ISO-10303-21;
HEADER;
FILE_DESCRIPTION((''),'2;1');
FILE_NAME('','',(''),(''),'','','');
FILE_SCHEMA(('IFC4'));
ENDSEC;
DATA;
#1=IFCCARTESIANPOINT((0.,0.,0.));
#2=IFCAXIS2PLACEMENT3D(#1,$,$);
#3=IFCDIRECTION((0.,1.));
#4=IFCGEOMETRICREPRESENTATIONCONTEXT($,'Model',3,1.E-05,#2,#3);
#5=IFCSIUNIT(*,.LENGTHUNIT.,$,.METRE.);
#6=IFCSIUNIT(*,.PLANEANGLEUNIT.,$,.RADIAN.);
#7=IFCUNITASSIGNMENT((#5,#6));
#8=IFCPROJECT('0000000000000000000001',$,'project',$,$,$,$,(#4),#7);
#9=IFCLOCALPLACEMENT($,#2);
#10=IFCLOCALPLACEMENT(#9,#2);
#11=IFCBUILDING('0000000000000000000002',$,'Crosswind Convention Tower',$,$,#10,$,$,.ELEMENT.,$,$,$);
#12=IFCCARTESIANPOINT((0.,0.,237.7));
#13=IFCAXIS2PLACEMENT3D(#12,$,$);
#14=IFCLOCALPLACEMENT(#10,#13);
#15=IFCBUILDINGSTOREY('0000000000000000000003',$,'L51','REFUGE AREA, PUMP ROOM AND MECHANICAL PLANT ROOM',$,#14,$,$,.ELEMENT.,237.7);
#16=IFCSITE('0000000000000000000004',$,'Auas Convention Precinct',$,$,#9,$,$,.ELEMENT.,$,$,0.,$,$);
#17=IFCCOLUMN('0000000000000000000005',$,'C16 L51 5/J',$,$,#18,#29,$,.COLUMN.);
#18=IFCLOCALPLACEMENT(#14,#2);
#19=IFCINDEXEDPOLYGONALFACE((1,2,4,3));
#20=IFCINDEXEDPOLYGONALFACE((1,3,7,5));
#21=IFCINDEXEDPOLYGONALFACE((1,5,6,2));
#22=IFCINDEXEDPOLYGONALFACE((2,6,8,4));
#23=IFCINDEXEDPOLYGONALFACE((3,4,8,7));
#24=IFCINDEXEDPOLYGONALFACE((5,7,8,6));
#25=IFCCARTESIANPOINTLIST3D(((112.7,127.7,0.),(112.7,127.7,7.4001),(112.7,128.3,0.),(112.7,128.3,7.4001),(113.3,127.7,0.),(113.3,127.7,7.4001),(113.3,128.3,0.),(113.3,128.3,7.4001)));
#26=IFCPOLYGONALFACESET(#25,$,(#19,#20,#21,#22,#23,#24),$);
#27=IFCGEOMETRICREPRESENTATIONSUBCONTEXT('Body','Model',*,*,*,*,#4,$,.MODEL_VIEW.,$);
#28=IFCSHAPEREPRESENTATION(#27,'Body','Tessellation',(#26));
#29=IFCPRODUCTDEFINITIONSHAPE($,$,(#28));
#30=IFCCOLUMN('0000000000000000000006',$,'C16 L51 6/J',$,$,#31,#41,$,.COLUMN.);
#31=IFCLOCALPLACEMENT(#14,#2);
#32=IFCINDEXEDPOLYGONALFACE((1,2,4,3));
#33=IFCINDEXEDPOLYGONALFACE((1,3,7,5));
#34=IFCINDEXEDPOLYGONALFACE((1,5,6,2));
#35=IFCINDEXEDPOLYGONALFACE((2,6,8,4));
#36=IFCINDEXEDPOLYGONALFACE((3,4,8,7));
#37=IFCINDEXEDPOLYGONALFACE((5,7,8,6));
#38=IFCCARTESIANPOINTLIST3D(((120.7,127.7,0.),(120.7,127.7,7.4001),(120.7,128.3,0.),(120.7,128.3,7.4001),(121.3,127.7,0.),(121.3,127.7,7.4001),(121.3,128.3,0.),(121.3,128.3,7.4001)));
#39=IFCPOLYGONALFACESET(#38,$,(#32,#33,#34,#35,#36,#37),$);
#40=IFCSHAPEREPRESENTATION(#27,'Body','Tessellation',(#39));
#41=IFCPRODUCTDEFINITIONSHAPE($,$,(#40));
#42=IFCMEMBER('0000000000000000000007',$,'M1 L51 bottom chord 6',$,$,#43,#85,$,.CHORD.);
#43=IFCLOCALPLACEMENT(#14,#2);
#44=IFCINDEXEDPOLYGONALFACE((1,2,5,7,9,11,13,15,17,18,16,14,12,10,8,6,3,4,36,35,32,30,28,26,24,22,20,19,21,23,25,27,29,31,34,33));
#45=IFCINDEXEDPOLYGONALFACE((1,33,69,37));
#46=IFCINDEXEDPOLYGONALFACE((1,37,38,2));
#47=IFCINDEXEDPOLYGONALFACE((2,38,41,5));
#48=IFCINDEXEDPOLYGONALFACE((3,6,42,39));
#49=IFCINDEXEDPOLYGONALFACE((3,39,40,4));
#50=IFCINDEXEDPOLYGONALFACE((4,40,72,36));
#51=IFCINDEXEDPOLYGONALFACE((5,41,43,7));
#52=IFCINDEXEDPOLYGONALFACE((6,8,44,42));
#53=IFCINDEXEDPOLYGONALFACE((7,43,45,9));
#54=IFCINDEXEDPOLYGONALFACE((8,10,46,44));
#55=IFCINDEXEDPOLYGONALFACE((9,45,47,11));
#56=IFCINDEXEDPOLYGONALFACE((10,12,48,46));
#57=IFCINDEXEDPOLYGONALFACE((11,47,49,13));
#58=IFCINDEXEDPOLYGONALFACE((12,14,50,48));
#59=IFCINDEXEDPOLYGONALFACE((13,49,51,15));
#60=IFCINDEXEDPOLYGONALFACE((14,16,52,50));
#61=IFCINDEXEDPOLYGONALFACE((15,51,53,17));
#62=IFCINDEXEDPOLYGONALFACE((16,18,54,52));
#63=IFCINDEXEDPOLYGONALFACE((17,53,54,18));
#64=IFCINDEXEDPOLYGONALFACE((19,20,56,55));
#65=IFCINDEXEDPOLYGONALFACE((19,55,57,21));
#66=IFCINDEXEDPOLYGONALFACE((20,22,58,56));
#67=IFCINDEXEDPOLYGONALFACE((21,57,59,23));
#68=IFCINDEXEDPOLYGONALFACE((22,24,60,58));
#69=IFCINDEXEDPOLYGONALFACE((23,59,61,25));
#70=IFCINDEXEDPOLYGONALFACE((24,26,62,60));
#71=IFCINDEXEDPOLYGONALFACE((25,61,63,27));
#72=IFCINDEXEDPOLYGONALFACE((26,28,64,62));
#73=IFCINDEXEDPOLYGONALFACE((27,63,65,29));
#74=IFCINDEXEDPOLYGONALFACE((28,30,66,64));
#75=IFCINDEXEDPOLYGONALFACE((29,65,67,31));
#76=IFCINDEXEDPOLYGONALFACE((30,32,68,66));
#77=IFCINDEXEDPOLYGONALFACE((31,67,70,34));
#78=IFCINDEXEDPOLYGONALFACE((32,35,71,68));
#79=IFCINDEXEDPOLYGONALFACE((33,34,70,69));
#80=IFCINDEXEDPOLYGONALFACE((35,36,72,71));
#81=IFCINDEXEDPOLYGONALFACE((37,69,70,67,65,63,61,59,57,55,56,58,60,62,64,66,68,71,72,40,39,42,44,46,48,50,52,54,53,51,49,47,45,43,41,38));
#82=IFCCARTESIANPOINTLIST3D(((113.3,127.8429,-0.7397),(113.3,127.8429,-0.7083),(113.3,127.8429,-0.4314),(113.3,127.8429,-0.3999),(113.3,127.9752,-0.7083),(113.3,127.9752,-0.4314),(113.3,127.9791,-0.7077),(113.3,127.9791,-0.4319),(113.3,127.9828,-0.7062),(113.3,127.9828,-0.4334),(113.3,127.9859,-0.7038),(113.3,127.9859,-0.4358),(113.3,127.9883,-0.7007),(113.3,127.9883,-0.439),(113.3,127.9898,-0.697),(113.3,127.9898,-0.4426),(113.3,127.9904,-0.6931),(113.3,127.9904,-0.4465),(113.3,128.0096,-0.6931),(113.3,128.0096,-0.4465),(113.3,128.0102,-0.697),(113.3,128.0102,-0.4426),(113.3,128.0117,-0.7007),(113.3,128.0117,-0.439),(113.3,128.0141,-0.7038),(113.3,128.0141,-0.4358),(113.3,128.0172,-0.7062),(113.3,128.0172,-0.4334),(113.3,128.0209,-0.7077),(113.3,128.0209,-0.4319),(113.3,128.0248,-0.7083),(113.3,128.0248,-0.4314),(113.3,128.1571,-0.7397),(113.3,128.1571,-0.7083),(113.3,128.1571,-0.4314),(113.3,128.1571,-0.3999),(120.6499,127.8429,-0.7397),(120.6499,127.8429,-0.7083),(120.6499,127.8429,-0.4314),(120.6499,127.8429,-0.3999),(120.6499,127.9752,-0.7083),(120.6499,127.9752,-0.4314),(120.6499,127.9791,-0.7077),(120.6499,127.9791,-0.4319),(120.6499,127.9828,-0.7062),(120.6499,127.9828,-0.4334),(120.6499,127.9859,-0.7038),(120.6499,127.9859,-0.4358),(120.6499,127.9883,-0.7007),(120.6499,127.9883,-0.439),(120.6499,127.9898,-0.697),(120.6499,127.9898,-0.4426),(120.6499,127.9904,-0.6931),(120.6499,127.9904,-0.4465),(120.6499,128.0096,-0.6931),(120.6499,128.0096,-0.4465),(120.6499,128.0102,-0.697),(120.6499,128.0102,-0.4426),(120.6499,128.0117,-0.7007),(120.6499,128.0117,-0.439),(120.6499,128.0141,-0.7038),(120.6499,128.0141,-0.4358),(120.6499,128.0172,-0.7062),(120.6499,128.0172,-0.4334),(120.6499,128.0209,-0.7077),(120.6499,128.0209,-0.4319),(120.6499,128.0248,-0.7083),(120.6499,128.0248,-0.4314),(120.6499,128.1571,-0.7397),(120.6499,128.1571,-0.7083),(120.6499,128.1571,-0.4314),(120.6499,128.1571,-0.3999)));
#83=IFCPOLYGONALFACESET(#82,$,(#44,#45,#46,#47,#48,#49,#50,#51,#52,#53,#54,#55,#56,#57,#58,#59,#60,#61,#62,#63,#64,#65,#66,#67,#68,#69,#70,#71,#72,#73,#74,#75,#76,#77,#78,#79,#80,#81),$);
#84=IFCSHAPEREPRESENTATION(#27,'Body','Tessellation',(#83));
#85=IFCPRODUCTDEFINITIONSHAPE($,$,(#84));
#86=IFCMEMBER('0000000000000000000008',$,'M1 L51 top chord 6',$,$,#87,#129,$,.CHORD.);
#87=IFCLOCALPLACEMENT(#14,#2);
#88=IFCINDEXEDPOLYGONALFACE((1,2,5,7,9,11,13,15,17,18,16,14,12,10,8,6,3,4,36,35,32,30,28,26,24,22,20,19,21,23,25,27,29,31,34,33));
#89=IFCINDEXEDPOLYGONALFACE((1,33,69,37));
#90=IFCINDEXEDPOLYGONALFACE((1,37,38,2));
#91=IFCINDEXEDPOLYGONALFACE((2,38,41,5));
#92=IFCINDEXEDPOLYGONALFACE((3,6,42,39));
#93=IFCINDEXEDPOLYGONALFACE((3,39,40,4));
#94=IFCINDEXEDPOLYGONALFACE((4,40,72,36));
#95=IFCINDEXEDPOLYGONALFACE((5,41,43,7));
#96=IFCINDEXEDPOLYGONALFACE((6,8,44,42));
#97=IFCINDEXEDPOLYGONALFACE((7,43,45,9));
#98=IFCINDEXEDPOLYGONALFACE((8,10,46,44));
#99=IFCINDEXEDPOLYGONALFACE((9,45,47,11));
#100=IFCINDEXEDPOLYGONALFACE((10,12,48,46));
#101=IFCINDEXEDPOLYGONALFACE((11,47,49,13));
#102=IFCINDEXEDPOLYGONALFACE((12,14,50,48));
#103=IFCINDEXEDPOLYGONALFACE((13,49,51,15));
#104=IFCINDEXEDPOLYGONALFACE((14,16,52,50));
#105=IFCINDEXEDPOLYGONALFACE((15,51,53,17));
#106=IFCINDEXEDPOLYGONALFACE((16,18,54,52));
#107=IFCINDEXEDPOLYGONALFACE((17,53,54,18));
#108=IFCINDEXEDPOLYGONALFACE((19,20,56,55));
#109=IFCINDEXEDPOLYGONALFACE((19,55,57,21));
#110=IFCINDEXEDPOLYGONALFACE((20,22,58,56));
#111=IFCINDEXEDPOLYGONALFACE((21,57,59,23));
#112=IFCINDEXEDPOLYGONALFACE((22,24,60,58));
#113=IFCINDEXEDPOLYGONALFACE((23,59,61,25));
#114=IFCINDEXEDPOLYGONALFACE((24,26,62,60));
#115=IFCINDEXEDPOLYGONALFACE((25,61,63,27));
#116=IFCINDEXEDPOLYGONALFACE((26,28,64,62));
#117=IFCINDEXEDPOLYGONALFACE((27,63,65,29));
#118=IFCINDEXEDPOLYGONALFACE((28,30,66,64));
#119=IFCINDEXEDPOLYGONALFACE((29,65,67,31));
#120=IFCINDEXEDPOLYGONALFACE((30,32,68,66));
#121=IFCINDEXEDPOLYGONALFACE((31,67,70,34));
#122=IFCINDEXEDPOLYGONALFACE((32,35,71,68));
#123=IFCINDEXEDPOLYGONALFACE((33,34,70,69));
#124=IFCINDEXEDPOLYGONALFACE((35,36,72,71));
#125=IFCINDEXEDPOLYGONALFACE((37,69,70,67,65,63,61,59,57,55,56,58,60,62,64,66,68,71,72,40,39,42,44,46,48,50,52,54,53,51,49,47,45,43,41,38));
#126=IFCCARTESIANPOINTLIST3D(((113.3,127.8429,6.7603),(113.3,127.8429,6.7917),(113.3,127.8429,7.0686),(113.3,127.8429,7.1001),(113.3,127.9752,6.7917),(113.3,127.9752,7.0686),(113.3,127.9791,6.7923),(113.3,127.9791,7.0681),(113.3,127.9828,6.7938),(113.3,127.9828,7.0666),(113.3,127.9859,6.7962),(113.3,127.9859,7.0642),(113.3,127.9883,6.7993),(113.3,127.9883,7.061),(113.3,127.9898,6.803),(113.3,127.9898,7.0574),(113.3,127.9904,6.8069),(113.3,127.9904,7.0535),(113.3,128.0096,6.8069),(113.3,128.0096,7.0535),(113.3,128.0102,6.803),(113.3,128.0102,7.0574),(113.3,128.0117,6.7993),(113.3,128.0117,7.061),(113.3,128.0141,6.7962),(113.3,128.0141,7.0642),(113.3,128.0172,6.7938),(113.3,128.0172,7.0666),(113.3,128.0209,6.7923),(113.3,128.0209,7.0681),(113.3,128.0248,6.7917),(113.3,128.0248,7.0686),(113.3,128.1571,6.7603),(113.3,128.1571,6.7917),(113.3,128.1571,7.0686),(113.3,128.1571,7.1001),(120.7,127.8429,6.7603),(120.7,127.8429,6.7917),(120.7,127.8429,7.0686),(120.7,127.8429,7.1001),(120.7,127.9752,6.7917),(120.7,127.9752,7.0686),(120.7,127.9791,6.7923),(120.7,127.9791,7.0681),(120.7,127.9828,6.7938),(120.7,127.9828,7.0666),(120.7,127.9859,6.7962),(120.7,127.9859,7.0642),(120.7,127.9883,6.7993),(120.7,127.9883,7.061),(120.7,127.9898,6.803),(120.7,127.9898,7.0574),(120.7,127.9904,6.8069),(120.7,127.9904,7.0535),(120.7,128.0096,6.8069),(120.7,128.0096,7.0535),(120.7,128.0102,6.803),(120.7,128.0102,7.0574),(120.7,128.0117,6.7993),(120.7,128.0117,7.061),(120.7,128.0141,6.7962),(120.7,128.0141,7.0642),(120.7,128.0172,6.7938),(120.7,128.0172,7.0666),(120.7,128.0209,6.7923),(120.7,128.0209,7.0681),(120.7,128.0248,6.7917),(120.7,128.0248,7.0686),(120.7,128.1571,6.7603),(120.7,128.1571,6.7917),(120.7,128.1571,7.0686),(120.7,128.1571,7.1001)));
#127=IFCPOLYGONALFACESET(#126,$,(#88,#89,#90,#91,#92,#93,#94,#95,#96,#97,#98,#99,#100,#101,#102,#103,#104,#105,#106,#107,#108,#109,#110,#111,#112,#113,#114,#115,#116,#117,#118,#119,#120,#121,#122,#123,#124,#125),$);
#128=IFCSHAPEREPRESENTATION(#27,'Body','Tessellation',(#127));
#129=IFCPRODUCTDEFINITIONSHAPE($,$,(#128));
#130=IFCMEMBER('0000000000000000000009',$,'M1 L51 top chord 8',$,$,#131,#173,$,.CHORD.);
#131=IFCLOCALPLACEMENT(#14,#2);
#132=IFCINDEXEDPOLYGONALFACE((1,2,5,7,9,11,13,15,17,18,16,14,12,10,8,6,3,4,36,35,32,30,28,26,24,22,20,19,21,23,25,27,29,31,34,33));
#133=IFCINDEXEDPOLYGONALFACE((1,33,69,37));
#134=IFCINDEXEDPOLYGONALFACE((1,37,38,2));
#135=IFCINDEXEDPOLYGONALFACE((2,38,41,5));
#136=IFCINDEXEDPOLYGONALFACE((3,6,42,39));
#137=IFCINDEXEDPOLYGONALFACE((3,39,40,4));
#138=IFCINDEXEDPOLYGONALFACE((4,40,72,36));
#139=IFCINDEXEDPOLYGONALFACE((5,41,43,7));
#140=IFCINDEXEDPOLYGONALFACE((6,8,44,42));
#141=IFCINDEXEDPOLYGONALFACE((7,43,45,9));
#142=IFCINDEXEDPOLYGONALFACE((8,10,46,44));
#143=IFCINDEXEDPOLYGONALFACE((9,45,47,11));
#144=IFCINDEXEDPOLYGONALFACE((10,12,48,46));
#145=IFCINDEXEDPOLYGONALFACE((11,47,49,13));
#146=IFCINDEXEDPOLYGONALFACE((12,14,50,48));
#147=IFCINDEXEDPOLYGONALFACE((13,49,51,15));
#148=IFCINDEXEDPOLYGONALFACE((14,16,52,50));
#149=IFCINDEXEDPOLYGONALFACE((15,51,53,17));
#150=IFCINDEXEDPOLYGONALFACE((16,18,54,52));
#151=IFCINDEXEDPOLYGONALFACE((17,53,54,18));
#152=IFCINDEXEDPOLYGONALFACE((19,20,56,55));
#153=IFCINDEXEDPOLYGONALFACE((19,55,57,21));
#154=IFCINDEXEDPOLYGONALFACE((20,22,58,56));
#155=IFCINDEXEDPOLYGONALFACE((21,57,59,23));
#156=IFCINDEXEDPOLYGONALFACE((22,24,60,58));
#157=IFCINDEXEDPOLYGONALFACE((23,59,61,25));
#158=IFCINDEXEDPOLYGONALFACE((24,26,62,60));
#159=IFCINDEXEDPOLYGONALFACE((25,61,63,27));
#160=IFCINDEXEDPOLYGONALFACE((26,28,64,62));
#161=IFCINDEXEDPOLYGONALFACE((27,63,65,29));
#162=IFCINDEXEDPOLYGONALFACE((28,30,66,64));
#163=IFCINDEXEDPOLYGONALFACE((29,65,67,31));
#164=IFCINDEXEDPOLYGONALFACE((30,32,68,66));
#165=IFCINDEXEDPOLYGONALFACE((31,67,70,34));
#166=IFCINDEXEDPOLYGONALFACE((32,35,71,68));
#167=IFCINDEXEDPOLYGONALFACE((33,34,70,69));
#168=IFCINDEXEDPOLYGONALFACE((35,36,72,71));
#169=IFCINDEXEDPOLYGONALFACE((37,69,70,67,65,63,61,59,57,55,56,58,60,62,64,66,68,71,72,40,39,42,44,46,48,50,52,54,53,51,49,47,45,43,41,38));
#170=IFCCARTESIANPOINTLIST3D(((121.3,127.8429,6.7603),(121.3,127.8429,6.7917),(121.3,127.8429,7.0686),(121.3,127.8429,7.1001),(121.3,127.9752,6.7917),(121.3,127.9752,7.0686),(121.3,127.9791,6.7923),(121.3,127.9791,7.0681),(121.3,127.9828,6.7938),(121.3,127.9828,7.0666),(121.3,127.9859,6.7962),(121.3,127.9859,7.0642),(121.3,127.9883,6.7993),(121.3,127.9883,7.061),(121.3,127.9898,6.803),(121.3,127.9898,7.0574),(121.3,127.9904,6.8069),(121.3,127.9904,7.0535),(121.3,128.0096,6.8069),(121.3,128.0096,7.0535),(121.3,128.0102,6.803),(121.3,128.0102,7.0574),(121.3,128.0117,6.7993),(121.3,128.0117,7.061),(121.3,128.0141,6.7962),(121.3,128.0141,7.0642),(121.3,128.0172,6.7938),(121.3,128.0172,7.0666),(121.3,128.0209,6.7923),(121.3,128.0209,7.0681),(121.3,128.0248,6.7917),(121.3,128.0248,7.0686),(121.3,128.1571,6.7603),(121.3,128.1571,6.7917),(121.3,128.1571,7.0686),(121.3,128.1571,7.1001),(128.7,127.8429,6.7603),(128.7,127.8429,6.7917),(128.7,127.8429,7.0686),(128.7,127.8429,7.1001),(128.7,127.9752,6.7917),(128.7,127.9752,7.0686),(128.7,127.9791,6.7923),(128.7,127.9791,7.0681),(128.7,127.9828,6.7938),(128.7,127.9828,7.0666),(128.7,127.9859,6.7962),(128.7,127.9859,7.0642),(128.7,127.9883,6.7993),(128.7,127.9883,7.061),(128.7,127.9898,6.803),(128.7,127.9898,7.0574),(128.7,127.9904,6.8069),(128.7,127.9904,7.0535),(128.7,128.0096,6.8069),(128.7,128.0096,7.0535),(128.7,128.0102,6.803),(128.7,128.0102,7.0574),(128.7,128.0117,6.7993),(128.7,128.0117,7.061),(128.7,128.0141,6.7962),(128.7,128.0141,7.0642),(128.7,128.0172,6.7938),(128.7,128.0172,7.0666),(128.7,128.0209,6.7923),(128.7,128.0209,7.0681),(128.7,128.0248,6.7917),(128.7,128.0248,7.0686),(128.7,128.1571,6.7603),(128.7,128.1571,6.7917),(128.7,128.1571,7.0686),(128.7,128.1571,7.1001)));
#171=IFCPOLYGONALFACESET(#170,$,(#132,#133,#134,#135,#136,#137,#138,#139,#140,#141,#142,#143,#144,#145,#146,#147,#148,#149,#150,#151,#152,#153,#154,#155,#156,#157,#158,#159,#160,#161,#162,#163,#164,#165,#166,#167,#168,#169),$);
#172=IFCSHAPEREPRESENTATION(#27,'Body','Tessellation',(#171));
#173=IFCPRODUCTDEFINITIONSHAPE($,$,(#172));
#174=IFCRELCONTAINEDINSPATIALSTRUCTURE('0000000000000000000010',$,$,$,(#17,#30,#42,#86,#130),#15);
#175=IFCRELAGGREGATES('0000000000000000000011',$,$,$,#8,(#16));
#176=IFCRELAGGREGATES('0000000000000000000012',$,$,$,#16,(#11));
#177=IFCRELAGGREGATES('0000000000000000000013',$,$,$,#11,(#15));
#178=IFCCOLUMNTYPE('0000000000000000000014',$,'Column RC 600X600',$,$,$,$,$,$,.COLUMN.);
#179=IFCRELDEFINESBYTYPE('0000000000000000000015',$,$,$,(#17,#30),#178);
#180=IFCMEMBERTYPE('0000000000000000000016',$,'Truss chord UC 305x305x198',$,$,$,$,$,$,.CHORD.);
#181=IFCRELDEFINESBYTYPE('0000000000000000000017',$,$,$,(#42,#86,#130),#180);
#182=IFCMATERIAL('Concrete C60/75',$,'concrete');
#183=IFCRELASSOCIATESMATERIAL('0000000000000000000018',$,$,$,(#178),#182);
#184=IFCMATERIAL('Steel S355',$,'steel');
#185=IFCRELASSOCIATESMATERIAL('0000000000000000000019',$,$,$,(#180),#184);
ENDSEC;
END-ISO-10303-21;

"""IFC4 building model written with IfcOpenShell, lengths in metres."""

from ifc_helpers import new_model, si_unit, direction, frame, origin, origin_2d, place, context, subcontext, project, spatial, rectangle, i_section, extrude, material, material_profile, profile_set, type_object, element, save


model = new_model("IFC4")

# Units and contexts
model_context = context("Model", 3, precision=1e-05, world=origin(), true_north=direction((0.0, 1.0)))
body_context = subcontext(model_context, "Body", "Model", "MODEL_VIEW")
ifc_project = project(units=[si_unit("LENGTHUNIT", "METRE"), si_unit("PLANEANGLEUNIT", "RADIAN")], contexts=[model_context])

# Site, building, storey
site_placement = place(None, origin())
site = spatial("IfcSite", under=ifc_project, at=site_placement, Name="Auas Convention Precinct", CompositionType="ELEMENT", RefElevation=0.0)
building_placement = place(site_placement, origin())
building = spatial("IfcBuilding", under=site, at=building_placement, Name="Crosswind Convention Tower", CompositionType="ELEMENT")
storey_placement = place(building_placement, frame((0.0, 0.0, 237.7)))
storey = spatial("IfcBuildingStorey", under=building, at=storey_placement, Name="L51", Description="REFUGE AREA, PUMP ROOM AND MECHANICAL PLANT ROOM", CompositionType="ELEMENT", Elevation=237.7)

# Columns
ifc_material_1 = material(Name="Concrete C60/75", Category="concrete")
ifc_material_profile_1 = material_profile(ifc_material_1, rectangle(XDim=0.6001, YDim=0.6001, at=origin_2d()), Name="RC 600X600")
ifc_profile_set_1 = profile_set([ifc_material_profile_1], Name="Concrete C60/75")
column_type = type_object("IfcColumnType", Name="Column RC 600X600", PredefinedType="COLUMN", material=ifc_profile_set_1)
for number, where, z_axis, x_axis, name in (
    (1, (113.0, 128.0, 0.0), (0.0, 0.0, 1.0), (1.0, 0.0, 0.0), "C16 L51 5/J"),
    (2, (121.0, 128.0, 0.0), (0.0, 0.0, 1.0), (1.0, 0.0, 0.0), "C16 L51 6/J"),
):
    element("IfcColumn", number, at=place(storey_placement, frame(where, z_axis=z_axis, x_axis=x_axis)), inside=storey, type_object=column_type, Name=name, PredefinedType="COLUMN", context=body_context, shape_type="SweptSolid", body=[
        extrude(rectangle(XDim=0.6001, YDim=0.6001, at=origin_2d()), origin(), (0.0, 0.0, 1.0), 7.4001),
    ])

# Members
ifc_material_2 = material(Name="Steel S355", Category="steel")
ifc_material_profile_2 = material_profile(ifc_material_2, i_section(OverallWidth=0.3142, OverallDepth=0.3398, WebThickness=0.0193, FlangeThickness=0.0315, FilletRadius=0.0151, at=origin_2d()), Name="UC 305x305x198")
ifc_profile_set_2 = profile_set([ifc_material_profile_2], Name="Steel S355")
member_type_1 = type_object("IfcMemberType", Name="Truss chord UC 305x305x198", PredefinedType="CHORD", material=ifc_profile_set_2)
member_placement = place(storey_placement, frame((113.3, 128.0, -0.5698), z_axis=(1.0, 0.0, 0.0), x_axis=(0.0, 1.0, 0.0)))
element("IfcMember", 3, at=member_placement, inside=storey, type_object=member_type_1, Name="M1 L51 bottom chord 6", PredefinedType="CHORD", context=body_context, shape_type="SweptSolid", body=[
    extrude(i_section(OverallWidth=0.3142, OverallDepth=0.3398, WebThickness=0.0193, FlangeThickness=0.0315, FilletRadius=0.0151, at=origin_2d()), origin(), (0.0, 0.0, 1.0), 7.3499),
])
for number, where, z_axis, x_axis, name in (
    (4, (113.3, 128.0, 6.9302), (1.0, 0.0, 0.0), (0.0, 1.0, 0.0), "M1 L51 top chord 6"),
    (5, (121.3, 128.0, 6.9302), (1.0, 0.0, 0.0), (0.0, 1.0, 0.0), "M1 L51 top chord 8"),
):
    element("IfcMember", number, at=place(storey_placement, frame(where, z_axis=z_axis, x_axis=x_axis)), inside=storey, type_object=member_type_1, Name=name, PredefinedType="CHORD", context=body_context, shape_type="SweptSolid", body=[
        extrude(i_section(OverallWidth=0.3142, OverallDepth=0.3398, WebThickness=0.0193, FlangeThickness=0.0315, FilletRadius=0.0151, at=origin_2d()), origin(), (0.0, 0.0, 1.0), 7.3999),
    ])

save(model, "model.ifc")
